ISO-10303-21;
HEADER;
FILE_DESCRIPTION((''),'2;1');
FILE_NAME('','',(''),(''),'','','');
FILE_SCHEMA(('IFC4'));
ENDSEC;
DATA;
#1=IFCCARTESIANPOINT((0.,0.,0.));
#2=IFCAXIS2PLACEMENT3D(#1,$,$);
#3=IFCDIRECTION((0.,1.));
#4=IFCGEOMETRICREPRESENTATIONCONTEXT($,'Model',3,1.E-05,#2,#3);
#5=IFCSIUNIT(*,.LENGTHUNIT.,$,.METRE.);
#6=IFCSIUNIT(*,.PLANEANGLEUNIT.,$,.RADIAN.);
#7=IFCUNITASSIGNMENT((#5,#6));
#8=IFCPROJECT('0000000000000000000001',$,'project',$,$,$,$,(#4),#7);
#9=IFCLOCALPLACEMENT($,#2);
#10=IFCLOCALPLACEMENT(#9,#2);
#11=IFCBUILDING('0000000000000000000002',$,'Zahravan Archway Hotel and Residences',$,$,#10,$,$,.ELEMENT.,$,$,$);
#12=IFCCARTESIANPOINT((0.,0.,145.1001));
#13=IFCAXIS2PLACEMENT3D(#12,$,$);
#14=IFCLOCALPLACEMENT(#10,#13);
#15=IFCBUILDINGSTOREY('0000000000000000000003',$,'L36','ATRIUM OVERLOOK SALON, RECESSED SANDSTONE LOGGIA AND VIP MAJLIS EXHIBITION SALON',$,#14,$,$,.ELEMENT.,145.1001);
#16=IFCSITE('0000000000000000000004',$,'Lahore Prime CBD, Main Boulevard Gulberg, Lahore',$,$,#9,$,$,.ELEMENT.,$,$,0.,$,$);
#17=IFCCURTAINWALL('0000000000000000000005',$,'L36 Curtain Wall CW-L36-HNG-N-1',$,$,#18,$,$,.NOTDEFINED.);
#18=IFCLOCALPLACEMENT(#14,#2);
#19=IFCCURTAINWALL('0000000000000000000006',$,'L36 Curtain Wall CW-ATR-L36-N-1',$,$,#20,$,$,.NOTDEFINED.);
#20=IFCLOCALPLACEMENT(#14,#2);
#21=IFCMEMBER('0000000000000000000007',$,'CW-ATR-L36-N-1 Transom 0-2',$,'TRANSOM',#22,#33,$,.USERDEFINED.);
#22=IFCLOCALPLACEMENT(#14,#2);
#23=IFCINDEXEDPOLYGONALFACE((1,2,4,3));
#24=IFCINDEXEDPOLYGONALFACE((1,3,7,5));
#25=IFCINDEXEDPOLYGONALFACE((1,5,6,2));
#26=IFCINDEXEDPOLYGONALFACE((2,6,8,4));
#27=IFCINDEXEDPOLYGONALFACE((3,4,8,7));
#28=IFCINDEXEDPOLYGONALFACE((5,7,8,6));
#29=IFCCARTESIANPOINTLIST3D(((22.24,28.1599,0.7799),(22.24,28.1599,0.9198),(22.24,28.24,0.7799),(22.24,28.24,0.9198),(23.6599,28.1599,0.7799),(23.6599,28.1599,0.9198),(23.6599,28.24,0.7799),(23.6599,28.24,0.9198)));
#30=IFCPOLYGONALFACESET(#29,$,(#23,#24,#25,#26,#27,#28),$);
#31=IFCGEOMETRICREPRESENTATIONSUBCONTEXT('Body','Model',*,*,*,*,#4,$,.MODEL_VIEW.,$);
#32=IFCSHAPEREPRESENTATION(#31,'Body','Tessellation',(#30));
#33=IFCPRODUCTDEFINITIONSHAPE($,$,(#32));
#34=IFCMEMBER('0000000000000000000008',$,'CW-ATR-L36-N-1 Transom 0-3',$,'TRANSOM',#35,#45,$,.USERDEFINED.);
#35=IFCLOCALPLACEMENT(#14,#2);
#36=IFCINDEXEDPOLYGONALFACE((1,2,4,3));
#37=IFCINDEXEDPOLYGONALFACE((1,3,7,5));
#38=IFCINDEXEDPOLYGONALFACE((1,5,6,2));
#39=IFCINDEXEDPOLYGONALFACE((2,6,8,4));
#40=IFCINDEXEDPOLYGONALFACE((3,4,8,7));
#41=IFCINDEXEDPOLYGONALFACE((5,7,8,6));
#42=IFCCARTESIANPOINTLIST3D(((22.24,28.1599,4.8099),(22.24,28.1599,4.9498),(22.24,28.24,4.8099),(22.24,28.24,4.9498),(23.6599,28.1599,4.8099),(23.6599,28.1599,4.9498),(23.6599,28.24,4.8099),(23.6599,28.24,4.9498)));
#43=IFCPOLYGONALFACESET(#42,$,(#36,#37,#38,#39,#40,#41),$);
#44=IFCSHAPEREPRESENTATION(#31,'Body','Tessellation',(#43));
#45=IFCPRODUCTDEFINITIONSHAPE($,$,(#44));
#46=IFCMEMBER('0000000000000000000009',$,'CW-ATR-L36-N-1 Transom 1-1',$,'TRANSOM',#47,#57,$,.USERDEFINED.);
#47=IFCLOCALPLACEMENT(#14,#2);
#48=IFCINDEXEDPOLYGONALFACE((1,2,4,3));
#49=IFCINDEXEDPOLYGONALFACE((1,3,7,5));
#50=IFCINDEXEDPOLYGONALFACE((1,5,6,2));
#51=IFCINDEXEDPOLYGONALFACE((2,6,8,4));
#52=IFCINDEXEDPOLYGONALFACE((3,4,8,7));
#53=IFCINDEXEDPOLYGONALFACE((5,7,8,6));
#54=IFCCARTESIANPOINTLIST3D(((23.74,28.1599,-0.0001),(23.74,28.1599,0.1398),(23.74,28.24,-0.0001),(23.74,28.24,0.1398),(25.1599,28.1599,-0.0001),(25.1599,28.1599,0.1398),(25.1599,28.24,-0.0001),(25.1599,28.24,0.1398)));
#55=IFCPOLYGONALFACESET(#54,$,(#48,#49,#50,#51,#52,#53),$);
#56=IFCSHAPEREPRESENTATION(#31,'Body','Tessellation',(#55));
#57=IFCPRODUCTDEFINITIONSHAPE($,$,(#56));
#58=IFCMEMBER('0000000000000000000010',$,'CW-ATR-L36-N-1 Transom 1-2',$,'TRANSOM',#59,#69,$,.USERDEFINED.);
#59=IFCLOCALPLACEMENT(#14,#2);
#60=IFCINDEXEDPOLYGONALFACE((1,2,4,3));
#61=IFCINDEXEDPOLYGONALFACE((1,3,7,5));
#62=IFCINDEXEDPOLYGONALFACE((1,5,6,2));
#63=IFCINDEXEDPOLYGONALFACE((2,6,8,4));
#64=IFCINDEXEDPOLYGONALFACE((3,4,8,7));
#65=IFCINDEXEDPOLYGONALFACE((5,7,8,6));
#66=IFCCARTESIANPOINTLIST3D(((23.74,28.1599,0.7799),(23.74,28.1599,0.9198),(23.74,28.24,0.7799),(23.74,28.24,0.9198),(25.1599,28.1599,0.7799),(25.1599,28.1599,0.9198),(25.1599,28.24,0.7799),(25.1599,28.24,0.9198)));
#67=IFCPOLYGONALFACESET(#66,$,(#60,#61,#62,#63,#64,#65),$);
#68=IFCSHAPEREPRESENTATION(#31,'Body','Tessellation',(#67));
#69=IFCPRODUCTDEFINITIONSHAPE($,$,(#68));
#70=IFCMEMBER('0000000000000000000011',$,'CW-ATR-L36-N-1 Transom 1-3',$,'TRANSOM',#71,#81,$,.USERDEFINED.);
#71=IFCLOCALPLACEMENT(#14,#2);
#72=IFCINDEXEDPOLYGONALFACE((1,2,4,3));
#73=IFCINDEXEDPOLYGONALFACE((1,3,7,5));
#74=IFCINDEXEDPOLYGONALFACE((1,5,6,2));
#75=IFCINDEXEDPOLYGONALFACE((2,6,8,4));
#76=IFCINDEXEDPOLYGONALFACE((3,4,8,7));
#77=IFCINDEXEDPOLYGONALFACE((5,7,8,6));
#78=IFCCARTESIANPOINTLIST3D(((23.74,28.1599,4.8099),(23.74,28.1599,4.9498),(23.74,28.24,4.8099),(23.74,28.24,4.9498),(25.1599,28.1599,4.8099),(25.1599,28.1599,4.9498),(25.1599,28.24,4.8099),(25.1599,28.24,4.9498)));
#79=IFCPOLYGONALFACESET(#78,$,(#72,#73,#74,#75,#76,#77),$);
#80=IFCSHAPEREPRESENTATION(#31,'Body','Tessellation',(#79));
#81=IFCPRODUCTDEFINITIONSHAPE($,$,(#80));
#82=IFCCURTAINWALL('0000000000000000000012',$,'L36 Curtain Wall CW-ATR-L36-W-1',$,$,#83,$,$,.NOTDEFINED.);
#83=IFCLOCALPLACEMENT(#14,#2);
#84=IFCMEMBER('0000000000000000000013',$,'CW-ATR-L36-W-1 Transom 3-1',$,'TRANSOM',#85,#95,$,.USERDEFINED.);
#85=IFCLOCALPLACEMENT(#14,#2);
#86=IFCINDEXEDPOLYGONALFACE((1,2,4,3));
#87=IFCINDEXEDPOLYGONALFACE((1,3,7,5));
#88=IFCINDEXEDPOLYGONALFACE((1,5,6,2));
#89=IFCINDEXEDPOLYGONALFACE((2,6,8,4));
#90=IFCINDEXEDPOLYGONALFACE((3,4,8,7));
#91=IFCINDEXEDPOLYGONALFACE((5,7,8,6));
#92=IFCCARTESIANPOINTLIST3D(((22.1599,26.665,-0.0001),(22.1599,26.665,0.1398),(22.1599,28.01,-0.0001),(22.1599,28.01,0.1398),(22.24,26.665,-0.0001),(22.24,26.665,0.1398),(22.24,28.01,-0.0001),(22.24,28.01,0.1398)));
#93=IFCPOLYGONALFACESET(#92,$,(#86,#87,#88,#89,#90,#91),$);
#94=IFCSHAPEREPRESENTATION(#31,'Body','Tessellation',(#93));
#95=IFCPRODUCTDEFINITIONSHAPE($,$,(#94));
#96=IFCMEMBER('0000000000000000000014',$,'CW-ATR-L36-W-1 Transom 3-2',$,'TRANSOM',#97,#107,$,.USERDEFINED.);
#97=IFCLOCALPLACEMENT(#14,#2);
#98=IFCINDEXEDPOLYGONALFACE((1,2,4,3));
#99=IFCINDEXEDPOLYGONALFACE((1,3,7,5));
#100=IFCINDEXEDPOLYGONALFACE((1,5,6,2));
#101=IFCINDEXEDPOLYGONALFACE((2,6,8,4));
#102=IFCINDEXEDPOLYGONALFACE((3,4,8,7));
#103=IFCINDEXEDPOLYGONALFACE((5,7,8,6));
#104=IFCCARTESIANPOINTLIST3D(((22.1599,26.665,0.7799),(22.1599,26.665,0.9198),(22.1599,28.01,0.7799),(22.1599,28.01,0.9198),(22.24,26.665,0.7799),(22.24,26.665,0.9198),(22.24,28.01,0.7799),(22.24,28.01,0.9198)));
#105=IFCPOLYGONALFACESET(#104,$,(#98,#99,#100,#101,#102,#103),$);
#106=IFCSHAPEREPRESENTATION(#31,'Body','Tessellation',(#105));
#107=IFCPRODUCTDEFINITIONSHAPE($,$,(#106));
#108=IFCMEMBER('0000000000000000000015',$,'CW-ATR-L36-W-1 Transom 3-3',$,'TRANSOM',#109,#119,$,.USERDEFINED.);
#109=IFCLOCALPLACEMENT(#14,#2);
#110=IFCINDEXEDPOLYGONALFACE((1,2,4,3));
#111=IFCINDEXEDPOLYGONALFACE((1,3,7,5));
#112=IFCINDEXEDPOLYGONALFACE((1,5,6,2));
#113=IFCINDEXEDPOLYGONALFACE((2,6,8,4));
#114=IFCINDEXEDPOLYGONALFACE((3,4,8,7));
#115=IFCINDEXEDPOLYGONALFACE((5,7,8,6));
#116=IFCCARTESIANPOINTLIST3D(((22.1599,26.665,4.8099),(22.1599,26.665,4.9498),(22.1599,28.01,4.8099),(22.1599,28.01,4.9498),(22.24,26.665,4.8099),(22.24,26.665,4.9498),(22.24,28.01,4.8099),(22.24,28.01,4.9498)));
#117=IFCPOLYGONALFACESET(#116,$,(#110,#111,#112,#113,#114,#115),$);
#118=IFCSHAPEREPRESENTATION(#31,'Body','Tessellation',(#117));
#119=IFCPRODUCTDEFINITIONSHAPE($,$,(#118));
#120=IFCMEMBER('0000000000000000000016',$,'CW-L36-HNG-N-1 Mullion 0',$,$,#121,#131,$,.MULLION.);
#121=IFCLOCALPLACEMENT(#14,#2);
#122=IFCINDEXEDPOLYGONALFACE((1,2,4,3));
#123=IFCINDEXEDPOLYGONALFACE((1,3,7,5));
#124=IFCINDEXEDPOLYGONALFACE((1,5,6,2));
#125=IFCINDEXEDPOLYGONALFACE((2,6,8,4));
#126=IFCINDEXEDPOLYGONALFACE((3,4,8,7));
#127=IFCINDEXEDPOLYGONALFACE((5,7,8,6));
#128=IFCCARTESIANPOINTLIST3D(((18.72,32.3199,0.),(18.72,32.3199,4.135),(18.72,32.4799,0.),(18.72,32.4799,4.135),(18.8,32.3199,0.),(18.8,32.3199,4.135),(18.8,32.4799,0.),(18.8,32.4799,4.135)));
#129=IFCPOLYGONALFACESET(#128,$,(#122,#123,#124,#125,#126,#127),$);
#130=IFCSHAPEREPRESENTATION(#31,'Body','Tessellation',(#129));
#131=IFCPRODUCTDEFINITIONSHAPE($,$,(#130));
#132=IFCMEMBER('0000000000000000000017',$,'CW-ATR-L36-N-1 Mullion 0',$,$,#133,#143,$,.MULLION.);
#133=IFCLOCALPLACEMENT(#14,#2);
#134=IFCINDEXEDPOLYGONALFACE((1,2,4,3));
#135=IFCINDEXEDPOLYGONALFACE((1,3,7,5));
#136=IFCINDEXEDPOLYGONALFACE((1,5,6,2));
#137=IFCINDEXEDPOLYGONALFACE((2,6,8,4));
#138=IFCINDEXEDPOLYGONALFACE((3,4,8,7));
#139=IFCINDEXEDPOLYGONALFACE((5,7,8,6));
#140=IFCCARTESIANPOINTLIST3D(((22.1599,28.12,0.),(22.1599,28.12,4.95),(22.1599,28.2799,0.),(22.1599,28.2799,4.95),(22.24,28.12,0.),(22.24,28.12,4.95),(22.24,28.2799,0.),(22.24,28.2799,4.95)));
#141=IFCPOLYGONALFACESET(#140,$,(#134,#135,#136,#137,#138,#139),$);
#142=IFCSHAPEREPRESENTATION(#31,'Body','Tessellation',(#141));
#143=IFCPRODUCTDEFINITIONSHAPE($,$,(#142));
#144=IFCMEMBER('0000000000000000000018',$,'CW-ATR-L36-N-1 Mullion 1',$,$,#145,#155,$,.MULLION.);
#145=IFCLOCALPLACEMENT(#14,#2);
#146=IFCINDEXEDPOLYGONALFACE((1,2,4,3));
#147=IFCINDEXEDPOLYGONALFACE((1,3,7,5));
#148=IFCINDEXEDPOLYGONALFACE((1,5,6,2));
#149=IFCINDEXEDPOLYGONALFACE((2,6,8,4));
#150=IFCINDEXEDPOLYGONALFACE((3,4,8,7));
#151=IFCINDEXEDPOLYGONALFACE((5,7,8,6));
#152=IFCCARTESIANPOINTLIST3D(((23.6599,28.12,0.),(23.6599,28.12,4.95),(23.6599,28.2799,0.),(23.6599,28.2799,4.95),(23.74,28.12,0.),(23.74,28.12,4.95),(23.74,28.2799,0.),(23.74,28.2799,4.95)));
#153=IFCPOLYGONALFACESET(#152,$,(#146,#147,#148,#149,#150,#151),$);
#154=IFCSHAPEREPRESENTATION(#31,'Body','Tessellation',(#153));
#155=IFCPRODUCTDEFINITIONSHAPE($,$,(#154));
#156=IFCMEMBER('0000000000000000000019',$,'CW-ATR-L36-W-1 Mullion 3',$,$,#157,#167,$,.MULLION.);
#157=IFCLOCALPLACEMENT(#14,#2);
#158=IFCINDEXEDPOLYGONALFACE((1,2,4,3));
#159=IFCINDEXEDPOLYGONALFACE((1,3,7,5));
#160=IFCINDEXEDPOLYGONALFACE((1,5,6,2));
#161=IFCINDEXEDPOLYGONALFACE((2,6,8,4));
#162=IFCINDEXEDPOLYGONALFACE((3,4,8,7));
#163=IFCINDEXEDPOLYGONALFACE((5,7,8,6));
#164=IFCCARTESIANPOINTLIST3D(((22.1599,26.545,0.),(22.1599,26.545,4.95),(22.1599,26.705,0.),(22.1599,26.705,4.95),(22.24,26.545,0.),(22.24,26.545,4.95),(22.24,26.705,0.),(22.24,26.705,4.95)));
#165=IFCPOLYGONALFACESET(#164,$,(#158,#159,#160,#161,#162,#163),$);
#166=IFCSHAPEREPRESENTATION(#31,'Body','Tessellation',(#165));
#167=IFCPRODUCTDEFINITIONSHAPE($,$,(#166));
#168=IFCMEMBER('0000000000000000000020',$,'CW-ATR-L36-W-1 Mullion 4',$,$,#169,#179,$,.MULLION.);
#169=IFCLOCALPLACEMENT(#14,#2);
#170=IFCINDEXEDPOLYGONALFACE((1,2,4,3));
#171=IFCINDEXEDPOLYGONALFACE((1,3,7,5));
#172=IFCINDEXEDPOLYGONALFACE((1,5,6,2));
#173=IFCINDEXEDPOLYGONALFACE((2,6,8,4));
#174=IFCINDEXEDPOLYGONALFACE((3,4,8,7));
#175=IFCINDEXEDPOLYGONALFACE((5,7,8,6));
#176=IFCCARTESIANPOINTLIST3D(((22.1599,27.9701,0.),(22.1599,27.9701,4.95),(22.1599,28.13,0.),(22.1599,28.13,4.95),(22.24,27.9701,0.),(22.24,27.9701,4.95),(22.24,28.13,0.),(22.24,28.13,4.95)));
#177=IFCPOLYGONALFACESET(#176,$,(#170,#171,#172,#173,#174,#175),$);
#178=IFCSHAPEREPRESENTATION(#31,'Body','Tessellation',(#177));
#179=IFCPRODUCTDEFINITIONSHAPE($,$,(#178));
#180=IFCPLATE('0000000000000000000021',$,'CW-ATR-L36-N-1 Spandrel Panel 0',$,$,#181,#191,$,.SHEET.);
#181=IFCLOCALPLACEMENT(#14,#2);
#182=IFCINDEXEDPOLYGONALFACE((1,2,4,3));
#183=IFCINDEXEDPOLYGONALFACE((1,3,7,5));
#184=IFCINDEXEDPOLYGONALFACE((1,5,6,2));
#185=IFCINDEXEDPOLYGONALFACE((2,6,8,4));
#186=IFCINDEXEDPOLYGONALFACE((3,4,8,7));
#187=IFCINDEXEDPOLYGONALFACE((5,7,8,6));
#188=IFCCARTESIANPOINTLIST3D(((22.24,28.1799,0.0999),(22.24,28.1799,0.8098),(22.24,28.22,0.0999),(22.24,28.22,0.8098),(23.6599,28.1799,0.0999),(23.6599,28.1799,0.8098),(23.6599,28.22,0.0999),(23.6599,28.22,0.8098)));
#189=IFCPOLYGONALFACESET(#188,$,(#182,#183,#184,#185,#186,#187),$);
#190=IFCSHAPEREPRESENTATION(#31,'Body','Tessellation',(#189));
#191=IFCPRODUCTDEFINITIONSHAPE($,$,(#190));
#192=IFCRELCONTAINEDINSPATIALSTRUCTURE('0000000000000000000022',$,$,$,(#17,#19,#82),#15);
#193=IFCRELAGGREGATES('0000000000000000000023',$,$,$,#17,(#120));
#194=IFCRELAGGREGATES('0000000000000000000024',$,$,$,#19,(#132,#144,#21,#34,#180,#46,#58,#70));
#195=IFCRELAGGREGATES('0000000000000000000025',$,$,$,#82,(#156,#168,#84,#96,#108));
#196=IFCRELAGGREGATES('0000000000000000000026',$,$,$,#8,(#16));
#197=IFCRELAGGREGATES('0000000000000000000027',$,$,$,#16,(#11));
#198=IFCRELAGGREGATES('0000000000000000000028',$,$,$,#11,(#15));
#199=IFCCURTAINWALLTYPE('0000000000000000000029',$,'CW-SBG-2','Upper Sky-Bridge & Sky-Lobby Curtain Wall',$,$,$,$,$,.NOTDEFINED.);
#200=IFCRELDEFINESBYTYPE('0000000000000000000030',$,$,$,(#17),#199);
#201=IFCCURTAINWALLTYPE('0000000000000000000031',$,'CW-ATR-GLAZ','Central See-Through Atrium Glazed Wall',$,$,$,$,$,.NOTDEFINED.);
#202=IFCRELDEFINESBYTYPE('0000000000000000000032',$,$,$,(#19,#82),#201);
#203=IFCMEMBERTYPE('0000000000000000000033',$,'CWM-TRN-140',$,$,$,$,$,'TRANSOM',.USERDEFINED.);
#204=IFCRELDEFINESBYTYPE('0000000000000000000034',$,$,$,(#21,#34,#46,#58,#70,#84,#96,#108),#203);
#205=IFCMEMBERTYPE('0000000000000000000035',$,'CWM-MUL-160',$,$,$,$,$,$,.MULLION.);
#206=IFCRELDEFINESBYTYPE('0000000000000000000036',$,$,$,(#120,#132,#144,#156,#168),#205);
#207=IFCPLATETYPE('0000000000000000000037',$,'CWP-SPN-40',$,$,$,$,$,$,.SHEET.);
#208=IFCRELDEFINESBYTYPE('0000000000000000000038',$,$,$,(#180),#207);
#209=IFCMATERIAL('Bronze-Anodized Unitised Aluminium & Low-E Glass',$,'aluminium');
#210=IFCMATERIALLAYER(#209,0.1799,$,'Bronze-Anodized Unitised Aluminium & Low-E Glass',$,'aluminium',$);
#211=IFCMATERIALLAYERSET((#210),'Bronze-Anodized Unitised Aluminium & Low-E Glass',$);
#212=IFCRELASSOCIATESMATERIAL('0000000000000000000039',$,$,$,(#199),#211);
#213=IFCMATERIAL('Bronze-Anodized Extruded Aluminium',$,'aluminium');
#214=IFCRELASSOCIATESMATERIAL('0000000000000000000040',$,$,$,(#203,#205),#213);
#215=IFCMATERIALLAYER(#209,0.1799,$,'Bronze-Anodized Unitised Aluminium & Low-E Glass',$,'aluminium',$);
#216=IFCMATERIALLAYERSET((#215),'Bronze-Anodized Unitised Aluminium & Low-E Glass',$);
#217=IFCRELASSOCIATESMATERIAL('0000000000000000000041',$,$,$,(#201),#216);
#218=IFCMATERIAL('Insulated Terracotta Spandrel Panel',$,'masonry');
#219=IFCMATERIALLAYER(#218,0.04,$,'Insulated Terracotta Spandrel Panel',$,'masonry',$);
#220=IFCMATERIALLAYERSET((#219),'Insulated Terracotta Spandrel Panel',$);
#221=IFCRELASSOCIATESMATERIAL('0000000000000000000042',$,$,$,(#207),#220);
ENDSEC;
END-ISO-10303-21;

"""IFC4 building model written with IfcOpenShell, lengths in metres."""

from ifc_helpers import new_model, si_unit, direction, frame, origin, origin_2d, place, context, subcontext, project, spatial, rectangle, extrude, source, transform, mapped, material, layer, layer_set, material_profile, profile_set, type_object, element, aggregate, save


model = new_model("IFC4")

# Units and contexts
model_context = context("Model", 3, precision=1e-05, world=origin(), true_north=direction((0.0, 1.0)))
body_context = subcontext(model_context, "Body", "Model", "MODEL_VIEW")
ifc_project = project(units=[si_unit("LENGTHUNIT", "METRE"), si_unit("PLANEANGLEUNIT", "RADIAN")], contexts=[model_context])

# Site, building, storey
site_placement = place(None, origin())
site = spatial("IfcSite", under=ifc_project, at=site_placement, Name="Lahore Prime CBD, Main Boulevard Gulberg, Lahore", CompositionType="ELEMENT", RefElevation=0.0)
building_placement = place(site_placement, origin())
building = spatial("IfcBuilding", under=site, at=building_placement, Name="Zahravan Archway Hotel and Residences", CompositionType="ELEMENT")
storey_placement = place(building_placement, frame((0.0, 0.0, 145.1001)))
storey = spatial("IfcBuildingStorey", under=building, at=storey_placement, Name="L36", Description="ATRIUM OVERLOOK SALON, RECESSED SANDSTONE LOGGIA AND VIP MAJLIS EXHIBITION SALON", CompositionType="ELEMENT", Elevation=145.1001)

# Curtain walls, members
ifc_material_1 = material(Name="Bronze-Anodized Unitised Aluminium & Low-E Glass", Category="aluminium")
ifc_layer_1 = layer(ifc_material_1, 0.1799, Name="Bronze-Anodized Unitised Aluminium & Low-E Glass", Category="aluminium")
ifc_layer_set_1 = layer_set([ifc_layer_1], Name="Bronze-Anodized Unitised Aluminium & Low-E Glass")
curtain_wall_type_1 = type_object("IfcCurtainWallType", Name="CW-SBG-2", Description="Upper Sky-Bridge & Sky-Lobby Curtain Wall", PredefinedType="NOTDEFINED", material=ifc_layer_set_1)
curtain_wall_1_placement = place(storey_placement, origin())
curtain_wall_1 = element("IfcCurtainWall", 1, at=curtain_wall_1_placement, inside=storey, type_object=curtain_wall_type_1, Name="L36 Curtain Wall CW-L36-HNG-N-1", PredefinedType="NOTDEFINED")
ifc_material_2 = material(Name="Bronze-Anodized Extruded Aluminium", Category="aluminium")
ifc_material_profile_1 = material_profile(ifc_material_2, rectangle(XDim=0.0801, YDim=0.1399, at=origin_2d()), Name="TRN 80x140", Category="aluminium")
ifc_profile_set_1 = profile_set([ifc_material_profile_1], Name="Bronze-Anodized Extruded Aluminium")
member_type_1 = type_object("IfcMemberType", Name="CWM-TRN-140", ElementType="TRANSOM", PredefinedType="USERDEFINED", material=ifc_profile_set_1)
ifc_layer_2 = layer(ifc_material_1, 0.1799, Name="Bronze-Anodized Unitised Aluminium & Low-E Glass", Category="aluminium")
ifc_layer_set_2 = layer_set([ifc_layer_2], Name="Bronze-Anodized Unitised Aluminium & Low-E Glass")
curtain_wall_type_2 = type_object("IfcCurtainWallType", Name="CW-ATR-GLAZ", Description="Central See-Through Atrium Glazed Wall", PredefinedType="NOTDEFINED", material=ifc_layer_set_2)
curtain_wall_2_placement = place(storey_placement, origin())
curtain_wall_2 = element("IfcCurtainWall", 2, at=curtain_wall_2_placement, inside=storey, type_object=curtain_wall_type_2, Name="L36 Curtain Wall CW-ATR-L36-N-1", PredefinedType="NOTDEFINED")
shared_shape_1 = source(origin(), body_context, "Body", "SweptSolid", [
    extrude(rectangle(XDim=0.0801, YDim=0.1399, at=origin_2d()), origin(), (0.0, 0.0, 1.0), 1.4199),
])
member_1_placement = place(storey_placement, frame((22.24, 28.2, 0.8499), z_axis=(1.0, 0.0, 0.0), x_axis=(0.0, 1.0, 0.0)))
member_1 = element("IfcMember", 3, at=member_1_placement, type_object=member_type_1, Name="CW-ATR-L36-N-1 Transom 0-2", ObjectType="TRANSOM", PredefinedType="USERDEFINED", context=body_context, shape_type="MappedRepresentation", body=[
    mapped(shared_shape_1, transform((0.0, 0.0, 0.0), scale=1.0)),
])
member_2_placement = place(storey_placement, frame((22.24, 28.2, 4.8799), z_axis=(1.0, 0.0, 0.0), x_axis=(0.0, 1.0, 0.0)))
member_2 = element("IfcMember", 4, at=member_2_placement, type_object=member_type_1, Name="CW-ATR-L36-N-1 Transom 0-3", ObjectType="TRANSOM", PredefinedType="USERDEFINED", context=body_context, shape_type="MappedRepresentation", body=[
    mapped(shared_shape_1, transform((0.0, 0.0, 0.0), scale=1.0)),
])
member_3_placement = place(storey_placement, frame((23.74, 28.2, 0.0698), z_axis=(1.0, 0.0, 0.0), x_axis=(0.0, 1.0, 0.0)))
member_3 = element("IfcMember", 5, at=member_3_placement, type_object=member_type_1, Name="CW-ATR-L36-N-1 Transom 1-1", ObjectType="TRANSOM", PredefinedType="USERDEFINED", context=body_context, shape_type="MappedRepresentation", body=[
    mapped(shared_shape_1, transform((0.0, 0.0, 0.0), scale=1.0)),
])
member_4_placement = place(storey_placement, frame((23.74, 28.2, 0.8499), z_axis=(1.0, 0.0, 0.0), x_axis=(0.0, 1.0, 0.0)))
member_4 = element("IfcMember", 6, at=member_4_placement, type_object=member_type_1, Name="CW-ATR-L36-N-1 Transom 1-2", ObjectType="TRANSOM", PredefinedType="USERDEFINED", context=body_context, shape_type="MappedRepresentation", body=[
    mapped(shared_shape_1, transform((0.0, 0.0, 0.0), scale=1.0)),
])
member_5_placement = place(storey_placement, frame((23.74, 28.2, 4.8799), z_axis=(1.0, 0.0, 0.0), x_axis=(0.0, 1.0, 0.0)))
member_5 = element("IfcMember", 7, at=member_5_placement, type_object=member_type_1, Name="CW-ATR-L36-N-1 Transom 1-3", ObjectType="TRANSOM", PredefinedType="USERDEFINED", context=body_context, shape_type="MappedRepresentation", body=[
    mapped(shared_shape_1, transform((0.0, 0.0, 0.0), scale=1.0)),
])
curtain_wall_3_placement = place(storey_placement, origin())
curtain_wall_3 = element("IfcCurtainWall", 8, at=curtain_wall_3_placement, inside=storey, type_object=curtain_wall_type_2, Name="L36 Curtain Wall CW-ATR-L36-W-1", PredefinedType="NOTDEFINED")
shared_shape_2 = source(origin(), body_context, "Body", "SweptSolid", [
    extrude(rectangle(XDim=0.0801, YDim=0.1399, at=origin_2d()), origin(), (0.0, 0.0, 1.0), 1.345),
])
member_6_placement = place(storey_placement, frame((22.2, 26.665, 0.0698), z_axis=(0.0, 1.0, 0.0), x_axis=(-1.0, 0.0, 0.0)))
member_6 = element("IfcMember", 9, at=member_6_placement, type_object=member_type_1, Name="CW-ATR-L36-W-1 Transom 3-1", ObjectType="TRANSOM", PredefinedType="USERDEFINED", context=body_context, shape_type="MappedRepresentation", body=[
    mapped(shared_shape_2, transform((0.0, 0.0, 0.0), scale=1.0)),
])
member_7_placement = place(storey_placement, frame((22.2, 26.665, 0.8499), z_axis=(0.0, 1.0, 0.0), x_axis=(-1.0, 0.0, 0.0)))
member_7 = element("IfcMember", 10, at=member_7_placement, type_object=member_type_1, Name="CW-ATR-L36-W-1 Transom 3-2", ObjectType="TRANSOM", PredefinedType="USERDEFINED", context=body_context, shape_type="MappedRepresentation", body=[
    mapped(shared_shape_2, transform((0.0, 0.0, 0.0), scale=1.0)),
])
member_8_placement = place(storey_placement, frame((22.2, 26.665, 4.8799), z_axis=(0.0, 1.0, 0.0), x_axis=(-1.0, 0.0, 0.0)))
member_8 = element("IfcMember", 11, at=member_8_placement, type_object=member_type_1, Name="CW-ATR-L36-W-1 Transom 3-3", ObjectType="TRANSOM", PredefinedType="USERDEFINED", context=body_context, shape_type="MappedRepresentation", body=[
    mapped(shared_shape_2, transform((0.0, 0.0, 0.0), scale=1.0)),
])

# Members
ifc_material_profile_2 = material_profile(ifc_material_2, rectangle(XDim=0.0801, YDim=0.1599, at=origin_2d()), Name="MUL 80x160", Category="aluminium")
ifc_profile_set_2 = profile_set([ifc_material_profile_2], Name="Bronze-Anodized Extruded Aluminium")
member_type_2 = type_object("IfcMemberType", Name="CWM-MUL-160", PredefinedType="MULLION", material=ifc_profile_set_2)
shared_shape_3 = source(origin(), body_context, "Body", "SweptSolid", [
    extrude(rectangle(XDim=0.0801, YDim=0.1599, at=origin_2d()), origin(), (0.0, 0.0, 1.0), 4.135),
])
member_9_placement = place(storey_placement, frame((18.76, 32.3999, 0.0), z_axis=(0.0, 0.0, 1.0), x_axis=(1.0, 0.0, 0.0)))
member_9 = element("IfcMember", 12, at=member_9_placement, type_object=member_type_2, Name="CW-L36-HNG-N-1 Mullion 0", PredefinedType="MULLION", context=body_context, shape_type="MappedRepresentation", body=[
    mapped(shared_shape_3, transform((0.0, 0.0, 0.0), scale=1.0)),
])
aggregate(curtain_wall_1, [member_9])
shared_shape_4 = source(origin(), body_context, "Body", "SweptSolid", [
    extrude(rectangle(XDim=0.0801, YDim=0.1599, at=origin_2d()), origin(), (0.0, 0.0, 1.0), 4.95),
])
member_10_placement = place(storey_placement, frame((22.2, 28.2, 0.0), z_axis=(0.0, 0.0, 1.0), x_axis=(1.0, 0.0, 0.0)))
member_10 = element("IfcMember", 13, at=member_10_placement, type_object=member_type_2, Name="CW-ATR-L36-N-1 Mullion 0", PredefinedType="MULLION", context=body_context, shape_type="MappedRepresentation", body=[
    mapped(shared_shape_4, transform((0.0, 0.0, 0.0), scale=1.0)),
])
member_11_placement = place(storey_placement, frame((23.7, 28.2, 0.0), z_axis=(0.0, 0.0, 1.0), x_axis=(1.0, 0.0, 0.0)))
member_11 = element("IfcMember", 14, at=member_11_placement, type_object=member_type_2, Name="CW-ATR-L36-N-1 Mullion 1", PredefinedType="MULLION", context=body_context, shape_type="MappedRepresentation", body=[
    mapped(shared_shape_4, transform((0.0, 0.0, 0.0), scale=1.0)),
])
member_12_placement = place(storey_placement, frame((22.2, 26.625, 0.0), z_axis=(0.0, 0.0, 1.0), x_axis=(1.0, 0.0, 0.0)))
member_12 = element("IfcMember", 15, at=member_12_placement, type_object=member_type_2, Name="CW-ATR-L36-W-1 Mullion 3", PredefinedType="MULLION", context=body_context, shape_type="MappedRepresentation", body=[
    mapped(shared_shape_4, transform((0.0, 0.0, 0.0), scale=1.0)),
])
member_13_placement = place(storey_placement, frame((22.2, 28.05, 0.0), z_axis=(0.0, 0.0, 1.0), x_axis=(1.0, 0.0, 0.0)))
member_13 = element("IfcMember", 16, at=member_13_placement, type_object=member_type_2, Name="CW-ATR-L36-W-1 Mullion 4", PredefinedType="MULLION", context=body_context, shape_type="MappedRepresentation", body=[
    mapped(shared_shape_4, transform((0.0, 0.0, 0.0), scale=1.0)),
])

# Plate
ifc_material_3 = material(Name="Insulated Terracotta Spandrel Panel", Category="masonry")
ifc_layer_3 = layer(ifc_material_3, 0.04, Name="Insulated Terracotta Spandrel Panel", Category="masonry")
ifc_layer_set_3 = layer_set([ifc_layer_3], Name="Insulated Terracotta Spandrel Panel")
plate_type_1 = type_object("IfcPlateType", Name="CWP-SPN-40", PredefinedType="SHEET", material=ifc_layer_set_3)
shared_shape_5 = source(origin(), body_context, "Body", "SweptSolid", [
    extrude(rectangle(XDim=1.4199, YDim=0.04, at=origin_2d()), origin(), (0.0, 0.0, 1.0), 0.71),
])
plate_1_placement = place(storey_placement, frame((22.95, 28.2, 0.0999), z_axis=(0.0, 0.0, 1.0), x_axis=(1.0, 0.0, 0.0)))
plate_1 = element("IfcPlate", 17, at=plate_1_placement, type_object=plate_type_1, Name="CW-ATR-L36-N-1 Spandrel Panel 0", PredefinedType="SHEET", context=body_context, shape_type="MappedRepresentation", body=[
    mapped(shared_shape_5, transform((0.0, 0.0, 0.0), scale=1.0)),
])
aggregate(curtain_wall_2, [member_10, member_11, member_1, member_2, plate_1, member_3, member_4, member_5])
aggregate(curtain_wall_3, [member_12, member_13, member_6, member_7, member_8])

save(model, "model.ifc")
